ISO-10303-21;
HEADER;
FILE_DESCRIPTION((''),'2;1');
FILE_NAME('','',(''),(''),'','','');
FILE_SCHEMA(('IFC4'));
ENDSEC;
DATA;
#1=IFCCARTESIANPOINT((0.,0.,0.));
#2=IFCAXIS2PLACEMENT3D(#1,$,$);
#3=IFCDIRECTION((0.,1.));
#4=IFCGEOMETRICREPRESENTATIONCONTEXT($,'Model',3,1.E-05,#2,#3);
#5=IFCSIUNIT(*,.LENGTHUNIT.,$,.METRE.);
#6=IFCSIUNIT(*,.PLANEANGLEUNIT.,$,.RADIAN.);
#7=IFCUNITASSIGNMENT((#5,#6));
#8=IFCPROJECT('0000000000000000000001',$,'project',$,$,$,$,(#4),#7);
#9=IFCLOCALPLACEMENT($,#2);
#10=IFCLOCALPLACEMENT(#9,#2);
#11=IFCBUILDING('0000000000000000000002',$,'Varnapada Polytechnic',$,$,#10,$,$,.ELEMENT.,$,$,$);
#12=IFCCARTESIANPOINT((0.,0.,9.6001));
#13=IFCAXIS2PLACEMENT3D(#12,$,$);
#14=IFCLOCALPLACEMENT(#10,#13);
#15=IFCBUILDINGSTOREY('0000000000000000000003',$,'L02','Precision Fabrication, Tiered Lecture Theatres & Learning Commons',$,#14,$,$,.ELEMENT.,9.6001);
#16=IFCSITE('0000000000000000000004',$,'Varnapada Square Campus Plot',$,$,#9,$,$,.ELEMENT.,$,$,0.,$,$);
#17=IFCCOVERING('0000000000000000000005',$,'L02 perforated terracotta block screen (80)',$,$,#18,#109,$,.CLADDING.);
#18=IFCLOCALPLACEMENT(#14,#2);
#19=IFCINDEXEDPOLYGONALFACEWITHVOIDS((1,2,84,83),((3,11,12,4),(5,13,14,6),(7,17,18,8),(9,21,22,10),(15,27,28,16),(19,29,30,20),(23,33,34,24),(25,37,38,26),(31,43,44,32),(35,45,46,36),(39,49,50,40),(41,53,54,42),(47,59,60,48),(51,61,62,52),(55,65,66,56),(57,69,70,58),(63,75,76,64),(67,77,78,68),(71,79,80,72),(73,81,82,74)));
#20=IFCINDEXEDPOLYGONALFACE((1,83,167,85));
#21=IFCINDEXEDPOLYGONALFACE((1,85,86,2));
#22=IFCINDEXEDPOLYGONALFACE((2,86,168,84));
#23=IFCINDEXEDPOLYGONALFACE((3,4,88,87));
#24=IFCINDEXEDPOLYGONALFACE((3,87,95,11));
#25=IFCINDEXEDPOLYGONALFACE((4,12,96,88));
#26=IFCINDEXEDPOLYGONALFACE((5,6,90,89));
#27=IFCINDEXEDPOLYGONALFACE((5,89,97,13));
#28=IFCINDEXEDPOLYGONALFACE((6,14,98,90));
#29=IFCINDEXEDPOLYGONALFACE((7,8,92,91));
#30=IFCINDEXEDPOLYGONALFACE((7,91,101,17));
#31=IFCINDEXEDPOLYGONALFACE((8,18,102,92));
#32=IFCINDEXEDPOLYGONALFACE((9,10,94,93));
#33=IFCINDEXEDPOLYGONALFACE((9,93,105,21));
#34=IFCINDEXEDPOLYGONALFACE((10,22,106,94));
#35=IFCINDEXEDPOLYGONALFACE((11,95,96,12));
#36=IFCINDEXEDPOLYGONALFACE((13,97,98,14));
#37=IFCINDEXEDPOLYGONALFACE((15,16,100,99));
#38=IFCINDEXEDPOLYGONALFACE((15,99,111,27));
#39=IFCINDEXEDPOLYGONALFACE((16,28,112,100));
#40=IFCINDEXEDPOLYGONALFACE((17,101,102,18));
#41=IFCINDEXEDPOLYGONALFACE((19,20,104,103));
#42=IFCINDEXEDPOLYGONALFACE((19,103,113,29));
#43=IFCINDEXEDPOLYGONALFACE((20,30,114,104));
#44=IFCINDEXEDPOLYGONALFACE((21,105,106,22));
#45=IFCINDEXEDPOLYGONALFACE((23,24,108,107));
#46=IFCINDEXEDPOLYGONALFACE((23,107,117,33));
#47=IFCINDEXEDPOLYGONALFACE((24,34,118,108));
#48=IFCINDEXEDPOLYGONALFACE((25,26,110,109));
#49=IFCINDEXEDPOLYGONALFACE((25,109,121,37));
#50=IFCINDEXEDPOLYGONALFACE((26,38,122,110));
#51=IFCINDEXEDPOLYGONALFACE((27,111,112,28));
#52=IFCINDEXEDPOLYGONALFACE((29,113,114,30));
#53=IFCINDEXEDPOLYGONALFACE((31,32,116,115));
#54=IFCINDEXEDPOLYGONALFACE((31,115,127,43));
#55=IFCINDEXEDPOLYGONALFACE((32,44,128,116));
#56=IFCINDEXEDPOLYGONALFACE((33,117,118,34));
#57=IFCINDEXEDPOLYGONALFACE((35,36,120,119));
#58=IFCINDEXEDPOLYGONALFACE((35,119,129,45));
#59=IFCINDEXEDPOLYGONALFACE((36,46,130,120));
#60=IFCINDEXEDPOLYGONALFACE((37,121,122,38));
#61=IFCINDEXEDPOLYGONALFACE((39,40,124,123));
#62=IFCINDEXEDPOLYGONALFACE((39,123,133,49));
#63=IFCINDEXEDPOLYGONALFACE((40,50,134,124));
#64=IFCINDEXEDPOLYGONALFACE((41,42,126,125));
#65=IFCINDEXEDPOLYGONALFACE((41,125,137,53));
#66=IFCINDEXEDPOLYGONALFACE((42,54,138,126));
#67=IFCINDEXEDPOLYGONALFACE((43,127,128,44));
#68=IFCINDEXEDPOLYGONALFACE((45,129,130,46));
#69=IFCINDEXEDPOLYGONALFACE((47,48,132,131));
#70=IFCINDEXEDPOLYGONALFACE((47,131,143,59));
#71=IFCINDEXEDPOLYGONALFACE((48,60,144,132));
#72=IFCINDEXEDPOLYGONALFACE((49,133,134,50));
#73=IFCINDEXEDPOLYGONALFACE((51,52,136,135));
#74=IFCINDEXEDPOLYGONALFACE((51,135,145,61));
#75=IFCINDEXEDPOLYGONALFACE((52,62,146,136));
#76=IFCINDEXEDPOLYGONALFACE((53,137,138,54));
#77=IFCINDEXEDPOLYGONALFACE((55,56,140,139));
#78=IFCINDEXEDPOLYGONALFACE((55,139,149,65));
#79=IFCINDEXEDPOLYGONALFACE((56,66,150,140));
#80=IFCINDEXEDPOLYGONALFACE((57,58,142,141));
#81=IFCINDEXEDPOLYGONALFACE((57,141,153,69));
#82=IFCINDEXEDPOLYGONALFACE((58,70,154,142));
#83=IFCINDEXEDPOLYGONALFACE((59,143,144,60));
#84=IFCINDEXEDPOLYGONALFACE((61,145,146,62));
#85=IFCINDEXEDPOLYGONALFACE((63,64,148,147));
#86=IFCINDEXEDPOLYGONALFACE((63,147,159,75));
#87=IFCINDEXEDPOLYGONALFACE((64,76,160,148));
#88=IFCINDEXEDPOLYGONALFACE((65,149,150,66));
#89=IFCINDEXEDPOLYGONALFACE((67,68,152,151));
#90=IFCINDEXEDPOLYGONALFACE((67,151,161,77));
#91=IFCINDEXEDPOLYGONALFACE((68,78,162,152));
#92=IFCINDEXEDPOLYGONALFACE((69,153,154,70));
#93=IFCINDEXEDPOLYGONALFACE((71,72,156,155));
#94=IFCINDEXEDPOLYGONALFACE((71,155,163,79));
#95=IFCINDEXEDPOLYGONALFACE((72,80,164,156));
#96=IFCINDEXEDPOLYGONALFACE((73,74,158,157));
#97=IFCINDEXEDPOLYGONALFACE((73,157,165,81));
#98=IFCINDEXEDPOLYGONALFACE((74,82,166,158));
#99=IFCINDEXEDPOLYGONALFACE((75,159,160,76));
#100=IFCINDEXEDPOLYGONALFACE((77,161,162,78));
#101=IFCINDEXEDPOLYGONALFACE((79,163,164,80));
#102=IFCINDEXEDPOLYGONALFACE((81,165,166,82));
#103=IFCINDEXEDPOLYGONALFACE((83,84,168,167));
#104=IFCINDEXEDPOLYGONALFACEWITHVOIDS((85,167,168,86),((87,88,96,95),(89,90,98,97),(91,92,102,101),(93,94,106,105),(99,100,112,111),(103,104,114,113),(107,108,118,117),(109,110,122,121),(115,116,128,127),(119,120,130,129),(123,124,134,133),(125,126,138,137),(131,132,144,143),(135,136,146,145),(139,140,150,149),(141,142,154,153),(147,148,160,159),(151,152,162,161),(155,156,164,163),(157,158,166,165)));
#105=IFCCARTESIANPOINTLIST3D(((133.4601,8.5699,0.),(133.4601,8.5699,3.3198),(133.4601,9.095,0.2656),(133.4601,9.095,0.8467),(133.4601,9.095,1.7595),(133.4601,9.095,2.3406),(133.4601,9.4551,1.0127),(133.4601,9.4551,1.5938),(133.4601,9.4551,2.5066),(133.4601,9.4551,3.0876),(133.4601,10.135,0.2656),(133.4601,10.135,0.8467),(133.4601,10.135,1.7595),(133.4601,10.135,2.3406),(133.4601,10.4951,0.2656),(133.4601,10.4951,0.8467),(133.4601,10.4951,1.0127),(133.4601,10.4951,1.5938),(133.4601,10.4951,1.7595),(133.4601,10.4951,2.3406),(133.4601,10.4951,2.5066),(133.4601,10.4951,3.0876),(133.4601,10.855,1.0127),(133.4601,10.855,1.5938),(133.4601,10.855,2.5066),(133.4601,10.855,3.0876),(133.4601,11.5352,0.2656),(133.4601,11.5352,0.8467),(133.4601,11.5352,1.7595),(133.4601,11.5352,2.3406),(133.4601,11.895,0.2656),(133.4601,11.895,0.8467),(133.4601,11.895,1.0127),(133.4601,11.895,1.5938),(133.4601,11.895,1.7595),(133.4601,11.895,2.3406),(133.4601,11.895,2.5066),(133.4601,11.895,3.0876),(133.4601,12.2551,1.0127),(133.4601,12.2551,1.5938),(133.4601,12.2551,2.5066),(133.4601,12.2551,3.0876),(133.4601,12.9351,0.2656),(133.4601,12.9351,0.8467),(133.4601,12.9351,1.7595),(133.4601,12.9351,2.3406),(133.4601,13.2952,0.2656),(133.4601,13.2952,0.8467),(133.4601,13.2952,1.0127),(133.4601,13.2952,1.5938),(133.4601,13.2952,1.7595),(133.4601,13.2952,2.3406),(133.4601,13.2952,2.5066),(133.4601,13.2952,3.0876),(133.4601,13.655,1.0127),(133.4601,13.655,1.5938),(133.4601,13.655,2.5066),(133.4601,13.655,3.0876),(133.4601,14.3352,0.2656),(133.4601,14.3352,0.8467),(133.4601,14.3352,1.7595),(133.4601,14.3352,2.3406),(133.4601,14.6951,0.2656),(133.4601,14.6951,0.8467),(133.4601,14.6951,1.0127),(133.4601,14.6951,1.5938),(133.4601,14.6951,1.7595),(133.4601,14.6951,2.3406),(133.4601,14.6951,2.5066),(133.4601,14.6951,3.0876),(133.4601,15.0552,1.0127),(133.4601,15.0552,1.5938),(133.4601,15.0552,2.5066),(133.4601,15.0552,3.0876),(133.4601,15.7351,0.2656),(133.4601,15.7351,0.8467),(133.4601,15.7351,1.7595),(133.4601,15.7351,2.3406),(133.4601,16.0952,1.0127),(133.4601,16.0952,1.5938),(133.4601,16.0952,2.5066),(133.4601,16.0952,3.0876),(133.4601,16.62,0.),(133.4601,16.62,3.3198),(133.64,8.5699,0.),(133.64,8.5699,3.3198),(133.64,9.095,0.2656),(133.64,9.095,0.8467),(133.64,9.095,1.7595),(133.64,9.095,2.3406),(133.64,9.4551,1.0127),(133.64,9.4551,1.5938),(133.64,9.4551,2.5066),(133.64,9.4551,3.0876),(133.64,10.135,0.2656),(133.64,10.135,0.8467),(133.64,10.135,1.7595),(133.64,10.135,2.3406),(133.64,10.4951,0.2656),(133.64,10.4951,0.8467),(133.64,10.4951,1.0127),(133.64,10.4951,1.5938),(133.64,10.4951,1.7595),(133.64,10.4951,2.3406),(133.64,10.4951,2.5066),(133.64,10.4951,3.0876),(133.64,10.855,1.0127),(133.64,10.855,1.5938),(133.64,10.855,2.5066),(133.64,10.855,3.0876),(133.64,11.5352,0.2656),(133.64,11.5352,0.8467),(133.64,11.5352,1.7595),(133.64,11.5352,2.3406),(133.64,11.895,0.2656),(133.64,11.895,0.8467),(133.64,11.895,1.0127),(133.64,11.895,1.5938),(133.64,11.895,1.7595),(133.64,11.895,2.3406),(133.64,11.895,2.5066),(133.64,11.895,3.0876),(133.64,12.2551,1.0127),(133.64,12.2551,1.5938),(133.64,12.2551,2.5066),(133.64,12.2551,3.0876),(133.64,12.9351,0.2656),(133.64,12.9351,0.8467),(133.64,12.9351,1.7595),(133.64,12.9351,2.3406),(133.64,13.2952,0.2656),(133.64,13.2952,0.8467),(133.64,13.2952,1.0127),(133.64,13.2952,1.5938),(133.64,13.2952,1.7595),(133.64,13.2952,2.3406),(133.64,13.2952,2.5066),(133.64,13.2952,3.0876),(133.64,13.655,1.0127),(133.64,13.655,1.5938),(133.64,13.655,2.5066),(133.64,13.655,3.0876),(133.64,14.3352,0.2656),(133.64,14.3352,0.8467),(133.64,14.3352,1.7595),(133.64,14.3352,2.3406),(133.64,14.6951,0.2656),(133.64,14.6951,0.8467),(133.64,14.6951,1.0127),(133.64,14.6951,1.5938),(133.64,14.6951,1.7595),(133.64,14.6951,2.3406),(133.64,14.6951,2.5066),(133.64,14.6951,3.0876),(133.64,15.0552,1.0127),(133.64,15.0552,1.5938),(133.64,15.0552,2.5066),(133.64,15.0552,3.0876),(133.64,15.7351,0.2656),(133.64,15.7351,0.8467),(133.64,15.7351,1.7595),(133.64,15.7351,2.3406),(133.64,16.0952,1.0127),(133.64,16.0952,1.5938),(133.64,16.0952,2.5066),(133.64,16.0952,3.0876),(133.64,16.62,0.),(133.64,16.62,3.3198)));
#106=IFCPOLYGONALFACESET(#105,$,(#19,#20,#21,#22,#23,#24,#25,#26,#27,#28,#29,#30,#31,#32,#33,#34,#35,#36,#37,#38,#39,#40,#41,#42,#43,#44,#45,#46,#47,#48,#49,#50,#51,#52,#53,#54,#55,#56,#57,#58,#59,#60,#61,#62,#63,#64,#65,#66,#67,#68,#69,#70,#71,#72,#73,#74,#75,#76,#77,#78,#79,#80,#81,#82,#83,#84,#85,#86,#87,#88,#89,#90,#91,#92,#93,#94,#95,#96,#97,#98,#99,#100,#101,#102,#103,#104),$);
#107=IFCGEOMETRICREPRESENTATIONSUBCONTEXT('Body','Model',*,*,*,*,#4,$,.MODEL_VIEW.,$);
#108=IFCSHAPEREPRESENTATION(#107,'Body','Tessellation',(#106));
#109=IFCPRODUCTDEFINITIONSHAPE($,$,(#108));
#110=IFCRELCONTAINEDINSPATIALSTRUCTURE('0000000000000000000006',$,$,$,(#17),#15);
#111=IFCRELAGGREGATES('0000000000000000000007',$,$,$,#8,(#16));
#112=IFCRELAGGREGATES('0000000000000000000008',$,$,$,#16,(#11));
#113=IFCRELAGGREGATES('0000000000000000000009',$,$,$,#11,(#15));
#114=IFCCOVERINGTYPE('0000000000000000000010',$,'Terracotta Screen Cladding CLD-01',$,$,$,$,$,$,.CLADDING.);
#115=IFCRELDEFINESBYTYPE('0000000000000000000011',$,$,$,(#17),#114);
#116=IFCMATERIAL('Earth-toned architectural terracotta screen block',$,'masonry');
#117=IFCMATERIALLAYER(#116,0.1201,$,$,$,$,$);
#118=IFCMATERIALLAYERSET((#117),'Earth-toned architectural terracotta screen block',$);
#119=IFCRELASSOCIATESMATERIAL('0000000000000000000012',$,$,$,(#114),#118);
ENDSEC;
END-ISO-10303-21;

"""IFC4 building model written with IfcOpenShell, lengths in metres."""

from ifc_helpers import new_model, si_unit, direction, frame, frame_2d, origin, place, context, subcontext, project, spatial, rectangle, extrude, material, layer, layer_set, type_object, element, save


model = new_model("IFC4")

# Units and contexts
model_context = context("Model", 3, precision=1e-05, world=origin(), true_north=direction((0.0, 1.0)))
body_context = subcontext(model_context, "Body", "Model", "MODEL_VIEW")
ifc_project = project(units=[si_unit("LENGTHUNIT", "METRE"), si_unit("PLANEANGLEUNIT", "RADIAN")], contexts=[model_context])

# Site, building, storey
site_placement = place(None, origin())
site = spatial("IfcSite", under=ifc_project, at=site_placement, Name="Varnapada Square Campus Plot", CompositionType="ELEMENT", RefElevation=0.0)
building_placement = place(site_placement, origin())
building = spatial("IfcBuilding", under=site, at=building_placement, Name="Varnapada Polytechnic", CompositionType="ELEMENT")
storey_placement = place(building_placement, frame((0.0, 0.0, 9.6001)))
storey = spatial("IfcBuildingStorey", under=building, at=storey_placement, Name="L02", Description="Precision Fabrication, Tiered Lecture Theatres & Learning Commons", CompositionType="ELEMENT", Elevation=9.6001)

# Covering, openings
ifc_material_1 = material(Name="Earth-toned architectural terracotta screen block", Category="masonry")
ifc_layer_1 = layer(ifc_material_1, 0.1201)
ifc_layer_set_1 = layer_set([ifc_layer_1], Name="Earth-toned architectural terracotta screen block")
covering_type = type_object("IfcCoveringType", Name="Terracotta Screen Cladding CLD-01", PredefinedType="CLADDING", material=ifc_layer_set_1)
covering_placement = place(storey_placement, frame((133.55, 8.5701, 0.0), z_axis=(0.0, 0.0, 1.0), x_axis=(0.0, 1.0, 0.0)))
covering = element("IfcCovering", 1, at=covering_placement, inside=storey, type_object=covering_type, Name="L02 perforated terracotta block screen (80)", PredefinedType="CLADDING", context=body_context, shape_type="SweptSolid", body=[
    extrude(rectangle(XDim=8.05, YDim=0.1799, at=frame_2d((4.0249, 0.0))), origin(), (0.0, 0.0, 1.0), 3.3198),
])
opening_1_placement = place(covering_placement, frame((0.5249, 0.0, 0.2656)))
element("IfcOpeningElement", 2, at=opening_1_placement, cuts=covering, PredefinedType="OPENING", context=body_context, shape_type="SweptSolid", body=[
    extrude(rectangle(XDim=1.04, YDim=0.5811, at=frame_2d((0.52, 0.2905))), frame((0.0, 0.0999, 0.0), z_axis=(0.0, -1.0, 0.0), x_axis=(1.0, 0.0, 0.0)), (0.0, 0.0, 1.0), 0.2),
])
opening_2_placement = place(covering_placement, frame((1.925, 0.0, 0.2656)))
element("IfcOpeningElement", 3, at=opening_2_placement, cuts=covering, PredefinedType="OPENING", context=body_context, shape_type="SweptSolid", body=[
    extrude(rectangle(XDim=1.04, YDim=0.5811, at=frame_2d((0.52, 0.2905))), frame((0.0, 0.0999, 0.0), z_axis=(0.0, -1.0, 0.0), x_axis=(1.0, 0.0, 0.0)), (0.0, 0.0, 1.0), 0.2),
])
opening_3_placement = place(covering_placement, frame((3.325, 0.0, 0.2656)))
element("IfcOpeningElement", 4, at=opening_3_placement, cuts=covering, PredefinedType="OPENING", context=body_context, shape_type="SweptSolid", body=[
    extrude(rectangle(XDim=1.04, YDim=0.5811, at=frame_2d((0.52, 0.2905))), frame((0.0, 0.0999, 0.0), z_axis=(0.0, -1.0, 0.0), x_axis=(1.0, 0.0, 0.0)), (0.0, 0.0, 1.0), 0.2),
])
opening_4_placement = place(covering_placement, frame((4.7251, 0.0, 0.2656)))
element("IfcOpeningElement", 5, at=opening_4_placement, cuts=covering, PredefinedType="OPENING", context=body_context, shape_type="SweptSolid", body=[
    extrude(rectangle(XDim=1.04, YDim=0.5811, at=frame_2d((0.52, 0.2905))), frame((0.0, 0.0999, 0.0), z_axis=(0.0, -1.0, 0.0), x_axis=(1.0, 0.0, 0.0)), (0.0, 0.0, 1.0), 0.2),
])
opening_5_placement = place(covering_placement, frame((6.125, 0.0, 0.2656)))
element("IfcOpeningElement", 6, at=opening_5_placement, cuts=covering, PredefinedType="OPENING", context=body_context, shape_type="SweptSolid", body=[
    extrude(rectangle(XDim=1.04, YDim=0.5811, at=frame_2d((0.52, 0.2905))), frame((0.0, 0.0999, 0.0), z_axis=(0.0, -1.0, 0.0), x_axis=(1.0, 0.0, 0.0)), (0.0, 0.0, 1.0), 0.2),
])
opening_6_placement = place(covering_placement, frame((0.885, 0.0, 1.0127)))
element("IfcOpeningElement", 7, at=opening_6_placement, cuts=covering, PredefinedType="OPENING", context=body_context, shape_type="SweptSolid", body=[
    extrude(rectangle(XDim=1.04, YDim=0.5811, at=frame_2d((0.52, 0.2905))), frame((0.0, 0.0999, 0.0), z_axis=(0.0, -1.0, 0.0), x_axis=(1.0, 0.0, 0.0)), (0.0, 0.0, 1.0), 0.2),
])
opening_7_placement = place(covering_placement, frame((2.2849, 0.0, 1.0127)))
element("IfcOpeningElement", 8, at=opening_7_placement, cuts=covering, PredefinedType="OPENING", context=body_context, shape_type="SweptSolid", body=[
    extrude(rectangle(XDim=1.04, YDim=0.5811, at=frame_2d((0.52, 0.2905))), frame((0.0, 0.0999, 0.0), z_axis=(0.0, -1.0, 0.0), x_axis=(1.0, 0.0, 0.0)), (0.0, 0.0, 1.0), 0.2),
])
opening_8_placement = place(covering_placement, frame((3.6851, 0.0, 1.0127)))
element("IfcOpeningElement", 9, at=opening_8_placement, cuts=covering, PredefinedType="OPENING", context=body_context, shape_type="SweptSolid", body=[
    extrude(rectangle(XDim=1.04, YDim=0.5811, at=frame_2d((0.52, 0.2905))), frame((0.0, 0.0999, 0.0), z_axis=(0.0, -1.0, 0.0), x_axis=(1.0, 0.0, 0.0)), (0.0, 0.0, 1.0), 0.2),
])
opening_9_placement = place(covering_placement, frame((5.085, 0.0, 1.0127)))
element("IfcOpeningElement", 10, at=opening_9_placement, cuts=covering, PredefinedType="OPENING", context=body_context, shape_type="SweptSolid", body=[
    extrude(rectangle(XDim=1.04, YDim=0.5811, at=frame_2d((0.52, 0.2905))), frame((0.0, 0.0999, 0.0), z_axis=(0.0, -1.0, 0.0), x_axis=(1.0, 0.0, 0.0)), (0.0, 0.0, 1.0), 0.2),
])
opening_10_placement = place(covering_placement, frame((6.4851, 0.0, 1.0127)))
element("IfcOpeningElement", 11, at=opening_10_placement, cuts=covering, PredefinedType="OPENING", context=body_context, shape_type="SweptSolid", body=[
    extrude(rectangle(XDim=1.04, YDim=0.5811, at=frame_2d((0.52, 0.2905))), frame((0.0, 0.0999, 0.0), z_axis=(0.0, -1.0, 0.0), x_axis=(1.0, 0.0, 0.0)), (0.0, 0.0, 1.0), 0.2),
])
opening_11_placement = place(covering_placement, frame((0.5249, 0.0, 1.7595)))
element("IfcOpeningElement", 12, at=opening_11_placement, cuts=covering, PredefinedType="OPENING", context=body_context, shape_type="SweptSolid", body=[
    extrude(rectangle(XDim=1.04, YDim=0.5811, at=frame_2d((0.52, 0.2905))), frame((0.0, 0.0999, 0.0), z_axis=(0.0, -1.0, 0.0), x_axis=(1.0, 0.0, 0.0)), (0.0, 0.0, 1.0), 0.2),
])
opening_12_placement = place(covering_placement, frame((1.925, 0.0, 1.7595)))
element("IfcOpeningElement", 13, at=opening_12_placement, cuts=covering, PredefinedType="OPENING", context=body_context, shape_type="SweptSolid", body=[
    extrude(rectangle(XDim=1.04, YDim=0.5811, at=frame_2d((0.52, 0.2905))), frame((0.0, 0.0999, 0.0), z_axis=(0.0, -1.0, 0.0), x_axis=(1.0, 0.0, 0.0)), (0.0, 0.0, 1.0), 0.2),
])
opening_13_placement = place(covering_placement, frame((3.325, 0.0, 1.7595)))
element("IfcOpeningElement", 14, at=opening_13_placement, cuts=covering, PredefinedType="OPENING", context=body_context, shape_type="SweptSolid", body=[
    extrude(rectangle(XDim=1.04, YDim=0.5811, at=frame_2d((0.52, 0.2905))), frame((0.0, 0.0999, 0.0), z_axis=(0.0, -1.0, 0.0), x_axis=(1.0, 0.0, 0.0)), (0.0, 0.0, 1.0), 0.2),
])
opening_14_placement = place(covering_placement, frame((4.7251, 0.0, 1.7595)))
element("IfcOpeningElement", 15, at=opening_14_placement, cuts=covering, PredefinedType="OPENING", context=body_context, shape_type="SweptSolid", body=[
    extrude(rectangle(XDim=1.04, YDim=0.5811, at=frame_2d((0.52, 0.2905))), frame((0.0, 0.0999, 0.0), z_axis=(0.0, -1.0, 0.0), x_axis=(1.0, 0.0, 0.0)), (0.0, 0.0, 1.0), 0.2),
])
opening_15_placement = place(covering_placement, frame((6.125, 0.0, 1.7595)))
element("IfcOpeningElement", 16, at=opening_15_placement, cuts=covering, PredefinedType="OPENING", context=body_context, shape_type="SweptSolid", body=[
    extrude(rectangle(XDim=1.04, YDim=0.5811, at=frame_2d((0.52, 0.2905))), frame((0.0, 0.0999, 0.0), z_axis=(0.0, -1.0, 0.0), x_axis=(1.0, 0.0, 0.0)), (0.0, 0.0, 1.0), 0.2),
])
opening_16_placement = place(covering_placement, frame((0.885, 0.0, 2.5066)))
element("IfcOpeningElement", 17, at=opening_16_placement, cuts=covering, PredefinedType="OPENING", context=body_context, shape_type="SweptSolid", body=[
    extrude(rectangle(XDim=1.04, YDim=0.5811, at=frame_2d((0.52, 0.2905))), frame((0.0, 0.0999, 0.0), z_axis=(0.0, -1.0, 0.0), x_axis=(1.0, 0.0, 0.0)), (0.0, 0.0, 1.0), 0.2),
])
opening_17_placement = place(covering_placement, frame((2.2849, 0.0, 2.5066)))
element("IfcOpeningElement", 18, at=opening_17_placement, cuts=covering, PredefinedType="OPENING", context=body_context, shape_type="SweptSolid", body=[
    extrude(rectangle(XDim=1.04, YDim=0.5811, at=frame_2d((0.52, 0.2905))), frame((0.0, 0.0999, 0.0), z_axis=(0.0, -1.0, 0.0), x_axis=(1.0, 0.0, 0.0)), (0.0, 0.0, 1.0), 0.2),
])
opening_18_placement = place(covering_placement, frame((3.6851, 0.0, 2.5066)))
element("IfcOpeningElement", 19, at=opening_18_placement, cuts=covering, PredefinedType="OPENING", context=body_context, shape_type="SweptSolid", body=[
    extrude(rectangle(XDim=1.04, YDim=0.5811, at=frame_2d((0.52, 0.2905))), frame((0.0, 0.0999, 0.0), z_axis=(0.0, -1.0, 0.0), x_axis=(1.0, 0.0, 0.0)), (0.0, 0.0, 1.0), 0.2),
])
opening_19_placement = place(covering_placement, frame((5.085, 0.0, 2.5066)))
element("IfcOpeningElement", 20, at=opening_19_placement, cuts=covering, PredefinedType="OPENING", context=body_context, shape_type="SweptSolid", body=[
    extrude(rectangle(XDim=1.04, YDim=0.5811, at=frame_2d((0.52, 0.2905))), frame((0.0, 0.0999, 0.0), z_axis=(0.0, -1.0, 0.0), x_axis=(1.0, 0.0, 0.0)), (0.0, 0.0, 1.0), 0.2),
])
opening_20_placement = place(covering_placement, frame((6.4851, 0.0, 2.5066)))
element("IfcOpeningElement", 21, at=opening_20_placement, cuts=covering, PredefinedType="OPENING", context=body_context, shape_type="SweptSolid", body=[
    extrude(rectangle(XDim=1.04, YDim=0.5811, at=frame_2d((0.52, 0.2905))), frame((0.0, 0.0999, 0.0), z_axis=(0.0, -1.0, 0.0), x_axis=(1.0, 0.0, 0.0)), (0.0, 0.0, 1.0), 0.2),
])

save(model, "model.ifc")
